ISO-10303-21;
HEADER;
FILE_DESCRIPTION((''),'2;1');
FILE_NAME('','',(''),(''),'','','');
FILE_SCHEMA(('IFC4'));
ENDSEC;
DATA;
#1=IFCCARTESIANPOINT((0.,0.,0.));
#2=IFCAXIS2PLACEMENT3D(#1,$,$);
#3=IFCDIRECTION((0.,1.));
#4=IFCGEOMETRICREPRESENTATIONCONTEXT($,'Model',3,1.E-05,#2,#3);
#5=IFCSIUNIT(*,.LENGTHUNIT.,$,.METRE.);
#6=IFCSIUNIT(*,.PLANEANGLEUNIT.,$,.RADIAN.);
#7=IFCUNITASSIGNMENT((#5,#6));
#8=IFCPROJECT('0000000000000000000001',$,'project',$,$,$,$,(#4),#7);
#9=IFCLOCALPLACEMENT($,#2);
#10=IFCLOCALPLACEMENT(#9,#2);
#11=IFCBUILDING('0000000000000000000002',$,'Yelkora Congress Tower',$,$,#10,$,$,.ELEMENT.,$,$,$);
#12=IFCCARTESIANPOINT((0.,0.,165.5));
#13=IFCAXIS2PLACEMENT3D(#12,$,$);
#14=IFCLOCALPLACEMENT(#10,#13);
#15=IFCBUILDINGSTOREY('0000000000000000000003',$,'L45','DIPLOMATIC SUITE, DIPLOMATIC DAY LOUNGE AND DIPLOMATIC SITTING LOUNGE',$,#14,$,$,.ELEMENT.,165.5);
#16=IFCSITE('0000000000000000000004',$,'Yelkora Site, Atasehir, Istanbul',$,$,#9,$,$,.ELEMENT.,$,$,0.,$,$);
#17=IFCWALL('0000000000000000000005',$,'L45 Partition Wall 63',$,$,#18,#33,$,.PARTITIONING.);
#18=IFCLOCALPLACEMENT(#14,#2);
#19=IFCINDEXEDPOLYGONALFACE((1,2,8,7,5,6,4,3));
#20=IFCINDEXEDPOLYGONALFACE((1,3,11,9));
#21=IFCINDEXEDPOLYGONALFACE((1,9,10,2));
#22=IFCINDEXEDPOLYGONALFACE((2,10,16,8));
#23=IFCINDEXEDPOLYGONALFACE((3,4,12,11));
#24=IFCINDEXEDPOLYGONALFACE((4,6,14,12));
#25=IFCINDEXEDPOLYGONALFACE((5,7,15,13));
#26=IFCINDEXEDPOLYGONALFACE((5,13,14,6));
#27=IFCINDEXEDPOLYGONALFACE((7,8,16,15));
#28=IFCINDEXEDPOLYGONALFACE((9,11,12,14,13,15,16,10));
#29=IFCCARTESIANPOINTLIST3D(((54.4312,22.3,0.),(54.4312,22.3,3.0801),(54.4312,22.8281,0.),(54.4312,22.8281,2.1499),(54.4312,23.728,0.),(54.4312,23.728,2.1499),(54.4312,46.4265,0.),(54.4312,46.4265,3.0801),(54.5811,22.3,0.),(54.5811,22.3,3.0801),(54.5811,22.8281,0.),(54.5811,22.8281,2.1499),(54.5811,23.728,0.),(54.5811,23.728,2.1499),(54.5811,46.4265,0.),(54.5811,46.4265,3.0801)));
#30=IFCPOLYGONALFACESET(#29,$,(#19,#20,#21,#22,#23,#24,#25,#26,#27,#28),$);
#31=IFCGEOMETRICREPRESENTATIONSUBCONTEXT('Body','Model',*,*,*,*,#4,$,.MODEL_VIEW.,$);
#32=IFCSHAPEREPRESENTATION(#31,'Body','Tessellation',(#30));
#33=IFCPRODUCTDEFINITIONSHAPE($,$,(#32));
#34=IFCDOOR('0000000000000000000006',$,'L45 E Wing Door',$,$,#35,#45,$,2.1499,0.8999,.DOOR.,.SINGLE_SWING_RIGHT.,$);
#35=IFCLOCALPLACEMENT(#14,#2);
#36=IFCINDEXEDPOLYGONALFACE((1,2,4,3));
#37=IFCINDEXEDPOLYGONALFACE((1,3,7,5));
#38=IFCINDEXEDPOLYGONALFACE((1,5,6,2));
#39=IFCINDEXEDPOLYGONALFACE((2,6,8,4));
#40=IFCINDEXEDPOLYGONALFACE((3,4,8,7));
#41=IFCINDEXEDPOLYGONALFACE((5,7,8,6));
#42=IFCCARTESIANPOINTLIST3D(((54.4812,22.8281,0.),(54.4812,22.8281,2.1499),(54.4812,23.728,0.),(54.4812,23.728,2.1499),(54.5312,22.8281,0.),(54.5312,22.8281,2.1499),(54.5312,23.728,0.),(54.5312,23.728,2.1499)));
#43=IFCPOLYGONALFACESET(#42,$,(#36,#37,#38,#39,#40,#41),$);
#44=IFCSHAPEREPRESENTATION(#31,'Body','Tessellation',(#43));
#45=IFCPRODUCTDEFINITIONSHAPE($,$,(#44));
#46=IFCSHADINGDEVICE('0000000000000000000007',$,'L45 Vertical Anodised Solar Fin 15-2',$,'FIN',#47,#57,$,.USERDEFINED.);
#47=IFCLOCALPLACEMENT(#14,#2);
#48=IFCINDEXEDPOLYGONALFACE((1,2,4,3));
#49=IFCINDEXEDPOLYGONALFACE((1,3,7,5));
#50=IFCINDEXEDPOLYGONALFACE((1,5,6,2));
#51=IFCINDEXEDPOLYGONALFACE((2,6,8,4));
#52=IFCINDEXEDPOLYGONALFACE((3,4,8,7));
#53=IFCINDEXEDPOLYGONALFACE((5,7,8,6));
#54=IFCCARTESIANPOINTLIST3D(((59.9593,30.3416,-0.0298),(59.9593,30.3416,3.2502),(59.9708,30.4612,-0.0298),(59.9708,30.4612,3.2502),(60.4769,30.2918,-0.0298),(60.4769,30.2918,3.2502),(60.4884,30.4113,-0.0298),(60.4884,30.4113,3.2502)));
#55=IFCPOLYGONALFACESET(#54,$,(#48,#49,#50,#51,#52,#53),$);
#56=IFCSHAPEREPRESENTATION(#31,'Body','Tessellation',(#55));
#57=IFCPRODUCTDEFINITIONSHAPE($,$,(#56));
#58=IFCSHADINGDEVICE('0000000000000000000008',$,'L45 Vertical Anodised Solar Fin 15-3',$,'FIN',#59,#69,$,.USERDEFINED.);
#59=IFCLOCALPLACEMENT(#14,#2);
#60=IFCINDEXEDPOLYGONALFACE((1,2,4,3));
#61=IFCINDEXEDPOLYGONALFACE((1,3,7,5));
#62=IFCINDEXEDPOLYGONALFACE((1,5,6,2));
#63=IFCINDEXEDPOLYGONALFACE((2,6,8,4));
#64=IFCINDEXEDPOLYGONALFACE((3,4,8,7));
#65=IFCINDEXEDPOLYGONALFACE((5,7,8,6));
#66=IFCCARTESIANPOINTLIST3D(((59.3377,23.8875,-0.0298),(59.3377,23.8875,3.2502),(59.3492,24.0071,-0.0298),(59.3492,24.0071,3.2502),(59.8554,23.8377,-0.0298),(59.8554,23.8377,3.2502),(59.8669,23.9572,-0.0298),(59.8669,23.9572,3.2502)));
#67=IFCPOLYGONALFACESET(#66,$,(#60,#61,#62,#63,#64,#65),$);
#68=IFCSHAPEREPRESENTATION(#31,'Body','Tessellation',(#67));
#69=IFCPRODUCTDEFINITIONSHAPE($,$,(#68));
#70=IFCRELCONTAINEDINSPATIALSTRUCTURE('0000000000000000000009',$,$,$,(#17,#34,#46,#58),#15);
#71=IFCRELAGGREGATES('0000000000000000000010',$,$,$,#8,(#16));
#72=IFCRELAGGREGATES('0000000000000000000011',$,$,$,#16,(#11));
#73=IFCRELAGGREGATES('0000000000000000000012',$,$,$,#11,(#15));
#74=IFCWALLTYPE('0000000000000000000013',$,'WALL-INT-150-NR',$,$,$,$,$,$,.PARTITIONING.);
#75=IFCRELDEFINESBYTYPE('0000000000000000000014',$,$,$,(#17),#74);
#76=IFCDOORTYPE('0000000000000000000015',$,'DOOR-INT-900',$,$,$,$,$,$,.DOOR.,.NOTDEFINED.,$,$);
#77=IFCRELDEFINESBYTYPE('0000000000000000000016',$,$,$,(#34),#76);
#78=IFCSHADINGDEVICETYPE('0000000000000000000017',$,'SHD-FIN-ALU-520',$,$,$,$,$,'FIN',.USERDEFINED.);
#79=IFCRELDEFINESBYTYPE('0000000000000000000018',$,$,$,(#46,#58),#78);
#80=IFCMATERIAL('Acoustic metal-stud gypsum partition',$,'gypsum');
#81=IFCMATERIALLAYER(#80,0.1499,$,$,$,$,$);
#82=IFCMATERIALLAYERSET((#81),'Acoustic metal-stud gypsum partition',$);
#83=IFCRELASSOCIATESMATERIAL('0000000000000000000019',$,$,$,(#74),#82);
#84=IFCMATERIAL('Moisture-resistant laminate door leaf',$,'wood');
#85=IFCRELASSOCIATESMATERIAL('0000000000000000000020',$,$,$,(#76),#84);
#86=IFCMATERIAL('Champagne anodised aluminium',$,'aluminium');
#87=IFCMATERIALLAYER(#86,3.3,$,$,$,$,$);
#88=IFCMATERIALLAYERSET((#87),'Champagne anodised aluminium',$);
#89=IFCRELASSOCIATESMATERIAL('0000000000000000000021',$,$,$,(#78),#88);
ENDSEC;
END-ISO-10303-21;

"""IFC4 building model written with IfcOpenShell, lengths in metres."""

from ifc_helpers import new_model, si_unit, direction, frame, frame_2d, origin, origin_2d, place, context, subcontext, project, spatial, rectangle, extrude, material, layer, layer_set, type_object, element, fill, save


model = new_model("IFC4")

# Units and contexts
model_context = context("Model", 3, precision=1e-05, world=origin(), true_north=direction((0.0, 1.0)))
body_context = subcontext(model_context, "Body", "Model", "MODEL_VIEW")
ifc_project = project(units=[si_unit("LENGTHUNIT", "METRE"), si_unit("PLANEANGLEUNIT", "RADIAN")], contexts=[model_context])

# Site, building, storey
site_placement = place(None, origin())
site = spatial("IfcSite", under=ifc_project, at=site_placement, Name="Yelkora Site, Atasehir, Istanbul", CompositionType="ELEMENT", RefElevation=0.0)
building_placement = place(site_placement, origin())
building = spatial("IfcBuilding", under=site, at=building_placement, Name="Yelkora Congress Tower", CompositionType="ELEMENT")
storey_placement = place(building_placement, frame((0.0, 0.0, 165.5)))
storey = spatial("IfcBuildingStorey", under=building, at=storey_placement, Name="L45", Description="DIPLOMATIC SUITE, DIPLOMATIC DAY LOUNGE AND DIPLOMATIC SITTING LOUNGE", CompositionType="ELEMENT", Elevation=165.5)

# Wall, opening, door
ifc_material_1 = material(Name="Acoustic metal-stud gypsum partition", Category="gypsum")
ifc_layer_1 = layer(ifc_material_1, 0.1499)
ifc_layer_set_1 = layer_set([ifc_layer_1], Name="Acoustic metal-stud gypsum partition")
wall_type_1 = type_object("IfcWallType", Name="WALL-INT-150-NR", PredefinedType="PARTITIONING", material=ifc_layer_set_1)
wall_1_placement = place(storey_placement, frame((54.5061, 22.3, 0.0), z_axis=(0.0, 0.0, 1.0), x_axis=(0.0, 1.0, 0.0)))
wall_1 = element("IfcWall", 1, at=wall_1_placement, inside=storey, type_object=wall_type_1, Name="L45 Partition Wall 63", PredefinedType="PARTITIONING", context=body_context, shape_type="SweptSolid", body=[
    extrude(rectangle(XDim=24.1265, YDim=0.1499, at=frame_2d((12.0632, 0.0))), origin(), (0.0, 0.0, 1.0), 3.0801),
])
opening_1_placement = place(wall_1_placement, frame((0.5281, 0.0, 0.0)))
opening_1 = element("IfcOpeningElement", 2, at=opening_1_placement, cuts=wall_1, PredefinedType="OPENING", context=body_context, shape_type="SweptSolid", body=[
    extrude(rectangle(XDim=0.8999, YDim=2.1499, at=frame_2d((0.45, 1.075))), frame((0.0, 0.085, 0.0), z_axis=(0.0, -1.0, 0.0), x_axis=(1.0, 0.0, 0.0)), (0.0, 0.0, 1.0), 0.1699),
])
ifc_material_2 = material(Name="Moisture-resistant laminate door leaf", Category="wood")
door_type_1 = type_object("IfcDoorType", Name="DOOR-INT-900", OperationType="NOTDEFINED", PredefinedType="DOOR", material=ifc_material_2)
door_1_placement = place(opening_1_placement, origin())
door_1 = element("IfcDoor", 3, at=door_1_placement, inside=storey, type_object=door_type_1, Name="L45 E Wing Door", OperationType="SINGLE_SWING_RIGHT", OverallHeight=2.1499, OverallWidth=0.8999, PredefinedType="DOOR", context=body_context, shape_type="SweptSolid", body=[
    extrude(rectangle(XDim=0.8999, YDim=2.1499, at=frame_2d((0.45, 1.075))), frame((0.0, 0.0249, 0.0), z_axis=(0.0, -1.0, 0.0), x_axis=(1.0, 0.0, 0.0)), (0.0, 0.0, 1.0), 0.05),
])
fill(opening_1, door_1)

# Shading devices
ifc_material_3 = material(Name="Champagne anodised aluminium", Category="aluminium")
ifc_layer_2 = layer(ifc_material_3, 3.3)
ifc_layer_set_2 = layer_set([ifc_layer_2], Name="Champagne anodised aluminium")
shading_device_type = type_object("IfcShadingDeviceType", Name="SHD-FIN-ALU-520", ElementType="FIN", PredefinedType="USERDEFINED", material=ifc_layer_set_2)
for number, where, z_axis, x_axis, name in (
    (4, (60.2239, 30.3765, -0.0298), (0.0, 0.0, 1.0), (-0.095846, -0.995396, 0.0), "L45 Vertical Anodised Solar Fin 15-2"),
    (5, (59.6023, 23.9224, -0.0298), (0.0, 0.0, 1.0), (-0.095846, -0.995396, 0.0), "L45 Vertical Anodised Solar Fin 15-3"),
):
    element("IfcShadingDevice", number, at=place(storey_placement, frame(where, z_axis=z_axis, x_axis=x_axis)), inside=storey, type_object=shading_device_type, Name=name, ObjectType="FIN", PredefinedType="USERDEFINED", context=body_context, shape_type="SweptSolid", body=[
        extrude(rectangle(XDim=0.1201, YDim=0.52, at=origin_2d()), origin(), (0.0, 0.0, 1.0), 3.28),
    ])

save(model, "model.ifc")
